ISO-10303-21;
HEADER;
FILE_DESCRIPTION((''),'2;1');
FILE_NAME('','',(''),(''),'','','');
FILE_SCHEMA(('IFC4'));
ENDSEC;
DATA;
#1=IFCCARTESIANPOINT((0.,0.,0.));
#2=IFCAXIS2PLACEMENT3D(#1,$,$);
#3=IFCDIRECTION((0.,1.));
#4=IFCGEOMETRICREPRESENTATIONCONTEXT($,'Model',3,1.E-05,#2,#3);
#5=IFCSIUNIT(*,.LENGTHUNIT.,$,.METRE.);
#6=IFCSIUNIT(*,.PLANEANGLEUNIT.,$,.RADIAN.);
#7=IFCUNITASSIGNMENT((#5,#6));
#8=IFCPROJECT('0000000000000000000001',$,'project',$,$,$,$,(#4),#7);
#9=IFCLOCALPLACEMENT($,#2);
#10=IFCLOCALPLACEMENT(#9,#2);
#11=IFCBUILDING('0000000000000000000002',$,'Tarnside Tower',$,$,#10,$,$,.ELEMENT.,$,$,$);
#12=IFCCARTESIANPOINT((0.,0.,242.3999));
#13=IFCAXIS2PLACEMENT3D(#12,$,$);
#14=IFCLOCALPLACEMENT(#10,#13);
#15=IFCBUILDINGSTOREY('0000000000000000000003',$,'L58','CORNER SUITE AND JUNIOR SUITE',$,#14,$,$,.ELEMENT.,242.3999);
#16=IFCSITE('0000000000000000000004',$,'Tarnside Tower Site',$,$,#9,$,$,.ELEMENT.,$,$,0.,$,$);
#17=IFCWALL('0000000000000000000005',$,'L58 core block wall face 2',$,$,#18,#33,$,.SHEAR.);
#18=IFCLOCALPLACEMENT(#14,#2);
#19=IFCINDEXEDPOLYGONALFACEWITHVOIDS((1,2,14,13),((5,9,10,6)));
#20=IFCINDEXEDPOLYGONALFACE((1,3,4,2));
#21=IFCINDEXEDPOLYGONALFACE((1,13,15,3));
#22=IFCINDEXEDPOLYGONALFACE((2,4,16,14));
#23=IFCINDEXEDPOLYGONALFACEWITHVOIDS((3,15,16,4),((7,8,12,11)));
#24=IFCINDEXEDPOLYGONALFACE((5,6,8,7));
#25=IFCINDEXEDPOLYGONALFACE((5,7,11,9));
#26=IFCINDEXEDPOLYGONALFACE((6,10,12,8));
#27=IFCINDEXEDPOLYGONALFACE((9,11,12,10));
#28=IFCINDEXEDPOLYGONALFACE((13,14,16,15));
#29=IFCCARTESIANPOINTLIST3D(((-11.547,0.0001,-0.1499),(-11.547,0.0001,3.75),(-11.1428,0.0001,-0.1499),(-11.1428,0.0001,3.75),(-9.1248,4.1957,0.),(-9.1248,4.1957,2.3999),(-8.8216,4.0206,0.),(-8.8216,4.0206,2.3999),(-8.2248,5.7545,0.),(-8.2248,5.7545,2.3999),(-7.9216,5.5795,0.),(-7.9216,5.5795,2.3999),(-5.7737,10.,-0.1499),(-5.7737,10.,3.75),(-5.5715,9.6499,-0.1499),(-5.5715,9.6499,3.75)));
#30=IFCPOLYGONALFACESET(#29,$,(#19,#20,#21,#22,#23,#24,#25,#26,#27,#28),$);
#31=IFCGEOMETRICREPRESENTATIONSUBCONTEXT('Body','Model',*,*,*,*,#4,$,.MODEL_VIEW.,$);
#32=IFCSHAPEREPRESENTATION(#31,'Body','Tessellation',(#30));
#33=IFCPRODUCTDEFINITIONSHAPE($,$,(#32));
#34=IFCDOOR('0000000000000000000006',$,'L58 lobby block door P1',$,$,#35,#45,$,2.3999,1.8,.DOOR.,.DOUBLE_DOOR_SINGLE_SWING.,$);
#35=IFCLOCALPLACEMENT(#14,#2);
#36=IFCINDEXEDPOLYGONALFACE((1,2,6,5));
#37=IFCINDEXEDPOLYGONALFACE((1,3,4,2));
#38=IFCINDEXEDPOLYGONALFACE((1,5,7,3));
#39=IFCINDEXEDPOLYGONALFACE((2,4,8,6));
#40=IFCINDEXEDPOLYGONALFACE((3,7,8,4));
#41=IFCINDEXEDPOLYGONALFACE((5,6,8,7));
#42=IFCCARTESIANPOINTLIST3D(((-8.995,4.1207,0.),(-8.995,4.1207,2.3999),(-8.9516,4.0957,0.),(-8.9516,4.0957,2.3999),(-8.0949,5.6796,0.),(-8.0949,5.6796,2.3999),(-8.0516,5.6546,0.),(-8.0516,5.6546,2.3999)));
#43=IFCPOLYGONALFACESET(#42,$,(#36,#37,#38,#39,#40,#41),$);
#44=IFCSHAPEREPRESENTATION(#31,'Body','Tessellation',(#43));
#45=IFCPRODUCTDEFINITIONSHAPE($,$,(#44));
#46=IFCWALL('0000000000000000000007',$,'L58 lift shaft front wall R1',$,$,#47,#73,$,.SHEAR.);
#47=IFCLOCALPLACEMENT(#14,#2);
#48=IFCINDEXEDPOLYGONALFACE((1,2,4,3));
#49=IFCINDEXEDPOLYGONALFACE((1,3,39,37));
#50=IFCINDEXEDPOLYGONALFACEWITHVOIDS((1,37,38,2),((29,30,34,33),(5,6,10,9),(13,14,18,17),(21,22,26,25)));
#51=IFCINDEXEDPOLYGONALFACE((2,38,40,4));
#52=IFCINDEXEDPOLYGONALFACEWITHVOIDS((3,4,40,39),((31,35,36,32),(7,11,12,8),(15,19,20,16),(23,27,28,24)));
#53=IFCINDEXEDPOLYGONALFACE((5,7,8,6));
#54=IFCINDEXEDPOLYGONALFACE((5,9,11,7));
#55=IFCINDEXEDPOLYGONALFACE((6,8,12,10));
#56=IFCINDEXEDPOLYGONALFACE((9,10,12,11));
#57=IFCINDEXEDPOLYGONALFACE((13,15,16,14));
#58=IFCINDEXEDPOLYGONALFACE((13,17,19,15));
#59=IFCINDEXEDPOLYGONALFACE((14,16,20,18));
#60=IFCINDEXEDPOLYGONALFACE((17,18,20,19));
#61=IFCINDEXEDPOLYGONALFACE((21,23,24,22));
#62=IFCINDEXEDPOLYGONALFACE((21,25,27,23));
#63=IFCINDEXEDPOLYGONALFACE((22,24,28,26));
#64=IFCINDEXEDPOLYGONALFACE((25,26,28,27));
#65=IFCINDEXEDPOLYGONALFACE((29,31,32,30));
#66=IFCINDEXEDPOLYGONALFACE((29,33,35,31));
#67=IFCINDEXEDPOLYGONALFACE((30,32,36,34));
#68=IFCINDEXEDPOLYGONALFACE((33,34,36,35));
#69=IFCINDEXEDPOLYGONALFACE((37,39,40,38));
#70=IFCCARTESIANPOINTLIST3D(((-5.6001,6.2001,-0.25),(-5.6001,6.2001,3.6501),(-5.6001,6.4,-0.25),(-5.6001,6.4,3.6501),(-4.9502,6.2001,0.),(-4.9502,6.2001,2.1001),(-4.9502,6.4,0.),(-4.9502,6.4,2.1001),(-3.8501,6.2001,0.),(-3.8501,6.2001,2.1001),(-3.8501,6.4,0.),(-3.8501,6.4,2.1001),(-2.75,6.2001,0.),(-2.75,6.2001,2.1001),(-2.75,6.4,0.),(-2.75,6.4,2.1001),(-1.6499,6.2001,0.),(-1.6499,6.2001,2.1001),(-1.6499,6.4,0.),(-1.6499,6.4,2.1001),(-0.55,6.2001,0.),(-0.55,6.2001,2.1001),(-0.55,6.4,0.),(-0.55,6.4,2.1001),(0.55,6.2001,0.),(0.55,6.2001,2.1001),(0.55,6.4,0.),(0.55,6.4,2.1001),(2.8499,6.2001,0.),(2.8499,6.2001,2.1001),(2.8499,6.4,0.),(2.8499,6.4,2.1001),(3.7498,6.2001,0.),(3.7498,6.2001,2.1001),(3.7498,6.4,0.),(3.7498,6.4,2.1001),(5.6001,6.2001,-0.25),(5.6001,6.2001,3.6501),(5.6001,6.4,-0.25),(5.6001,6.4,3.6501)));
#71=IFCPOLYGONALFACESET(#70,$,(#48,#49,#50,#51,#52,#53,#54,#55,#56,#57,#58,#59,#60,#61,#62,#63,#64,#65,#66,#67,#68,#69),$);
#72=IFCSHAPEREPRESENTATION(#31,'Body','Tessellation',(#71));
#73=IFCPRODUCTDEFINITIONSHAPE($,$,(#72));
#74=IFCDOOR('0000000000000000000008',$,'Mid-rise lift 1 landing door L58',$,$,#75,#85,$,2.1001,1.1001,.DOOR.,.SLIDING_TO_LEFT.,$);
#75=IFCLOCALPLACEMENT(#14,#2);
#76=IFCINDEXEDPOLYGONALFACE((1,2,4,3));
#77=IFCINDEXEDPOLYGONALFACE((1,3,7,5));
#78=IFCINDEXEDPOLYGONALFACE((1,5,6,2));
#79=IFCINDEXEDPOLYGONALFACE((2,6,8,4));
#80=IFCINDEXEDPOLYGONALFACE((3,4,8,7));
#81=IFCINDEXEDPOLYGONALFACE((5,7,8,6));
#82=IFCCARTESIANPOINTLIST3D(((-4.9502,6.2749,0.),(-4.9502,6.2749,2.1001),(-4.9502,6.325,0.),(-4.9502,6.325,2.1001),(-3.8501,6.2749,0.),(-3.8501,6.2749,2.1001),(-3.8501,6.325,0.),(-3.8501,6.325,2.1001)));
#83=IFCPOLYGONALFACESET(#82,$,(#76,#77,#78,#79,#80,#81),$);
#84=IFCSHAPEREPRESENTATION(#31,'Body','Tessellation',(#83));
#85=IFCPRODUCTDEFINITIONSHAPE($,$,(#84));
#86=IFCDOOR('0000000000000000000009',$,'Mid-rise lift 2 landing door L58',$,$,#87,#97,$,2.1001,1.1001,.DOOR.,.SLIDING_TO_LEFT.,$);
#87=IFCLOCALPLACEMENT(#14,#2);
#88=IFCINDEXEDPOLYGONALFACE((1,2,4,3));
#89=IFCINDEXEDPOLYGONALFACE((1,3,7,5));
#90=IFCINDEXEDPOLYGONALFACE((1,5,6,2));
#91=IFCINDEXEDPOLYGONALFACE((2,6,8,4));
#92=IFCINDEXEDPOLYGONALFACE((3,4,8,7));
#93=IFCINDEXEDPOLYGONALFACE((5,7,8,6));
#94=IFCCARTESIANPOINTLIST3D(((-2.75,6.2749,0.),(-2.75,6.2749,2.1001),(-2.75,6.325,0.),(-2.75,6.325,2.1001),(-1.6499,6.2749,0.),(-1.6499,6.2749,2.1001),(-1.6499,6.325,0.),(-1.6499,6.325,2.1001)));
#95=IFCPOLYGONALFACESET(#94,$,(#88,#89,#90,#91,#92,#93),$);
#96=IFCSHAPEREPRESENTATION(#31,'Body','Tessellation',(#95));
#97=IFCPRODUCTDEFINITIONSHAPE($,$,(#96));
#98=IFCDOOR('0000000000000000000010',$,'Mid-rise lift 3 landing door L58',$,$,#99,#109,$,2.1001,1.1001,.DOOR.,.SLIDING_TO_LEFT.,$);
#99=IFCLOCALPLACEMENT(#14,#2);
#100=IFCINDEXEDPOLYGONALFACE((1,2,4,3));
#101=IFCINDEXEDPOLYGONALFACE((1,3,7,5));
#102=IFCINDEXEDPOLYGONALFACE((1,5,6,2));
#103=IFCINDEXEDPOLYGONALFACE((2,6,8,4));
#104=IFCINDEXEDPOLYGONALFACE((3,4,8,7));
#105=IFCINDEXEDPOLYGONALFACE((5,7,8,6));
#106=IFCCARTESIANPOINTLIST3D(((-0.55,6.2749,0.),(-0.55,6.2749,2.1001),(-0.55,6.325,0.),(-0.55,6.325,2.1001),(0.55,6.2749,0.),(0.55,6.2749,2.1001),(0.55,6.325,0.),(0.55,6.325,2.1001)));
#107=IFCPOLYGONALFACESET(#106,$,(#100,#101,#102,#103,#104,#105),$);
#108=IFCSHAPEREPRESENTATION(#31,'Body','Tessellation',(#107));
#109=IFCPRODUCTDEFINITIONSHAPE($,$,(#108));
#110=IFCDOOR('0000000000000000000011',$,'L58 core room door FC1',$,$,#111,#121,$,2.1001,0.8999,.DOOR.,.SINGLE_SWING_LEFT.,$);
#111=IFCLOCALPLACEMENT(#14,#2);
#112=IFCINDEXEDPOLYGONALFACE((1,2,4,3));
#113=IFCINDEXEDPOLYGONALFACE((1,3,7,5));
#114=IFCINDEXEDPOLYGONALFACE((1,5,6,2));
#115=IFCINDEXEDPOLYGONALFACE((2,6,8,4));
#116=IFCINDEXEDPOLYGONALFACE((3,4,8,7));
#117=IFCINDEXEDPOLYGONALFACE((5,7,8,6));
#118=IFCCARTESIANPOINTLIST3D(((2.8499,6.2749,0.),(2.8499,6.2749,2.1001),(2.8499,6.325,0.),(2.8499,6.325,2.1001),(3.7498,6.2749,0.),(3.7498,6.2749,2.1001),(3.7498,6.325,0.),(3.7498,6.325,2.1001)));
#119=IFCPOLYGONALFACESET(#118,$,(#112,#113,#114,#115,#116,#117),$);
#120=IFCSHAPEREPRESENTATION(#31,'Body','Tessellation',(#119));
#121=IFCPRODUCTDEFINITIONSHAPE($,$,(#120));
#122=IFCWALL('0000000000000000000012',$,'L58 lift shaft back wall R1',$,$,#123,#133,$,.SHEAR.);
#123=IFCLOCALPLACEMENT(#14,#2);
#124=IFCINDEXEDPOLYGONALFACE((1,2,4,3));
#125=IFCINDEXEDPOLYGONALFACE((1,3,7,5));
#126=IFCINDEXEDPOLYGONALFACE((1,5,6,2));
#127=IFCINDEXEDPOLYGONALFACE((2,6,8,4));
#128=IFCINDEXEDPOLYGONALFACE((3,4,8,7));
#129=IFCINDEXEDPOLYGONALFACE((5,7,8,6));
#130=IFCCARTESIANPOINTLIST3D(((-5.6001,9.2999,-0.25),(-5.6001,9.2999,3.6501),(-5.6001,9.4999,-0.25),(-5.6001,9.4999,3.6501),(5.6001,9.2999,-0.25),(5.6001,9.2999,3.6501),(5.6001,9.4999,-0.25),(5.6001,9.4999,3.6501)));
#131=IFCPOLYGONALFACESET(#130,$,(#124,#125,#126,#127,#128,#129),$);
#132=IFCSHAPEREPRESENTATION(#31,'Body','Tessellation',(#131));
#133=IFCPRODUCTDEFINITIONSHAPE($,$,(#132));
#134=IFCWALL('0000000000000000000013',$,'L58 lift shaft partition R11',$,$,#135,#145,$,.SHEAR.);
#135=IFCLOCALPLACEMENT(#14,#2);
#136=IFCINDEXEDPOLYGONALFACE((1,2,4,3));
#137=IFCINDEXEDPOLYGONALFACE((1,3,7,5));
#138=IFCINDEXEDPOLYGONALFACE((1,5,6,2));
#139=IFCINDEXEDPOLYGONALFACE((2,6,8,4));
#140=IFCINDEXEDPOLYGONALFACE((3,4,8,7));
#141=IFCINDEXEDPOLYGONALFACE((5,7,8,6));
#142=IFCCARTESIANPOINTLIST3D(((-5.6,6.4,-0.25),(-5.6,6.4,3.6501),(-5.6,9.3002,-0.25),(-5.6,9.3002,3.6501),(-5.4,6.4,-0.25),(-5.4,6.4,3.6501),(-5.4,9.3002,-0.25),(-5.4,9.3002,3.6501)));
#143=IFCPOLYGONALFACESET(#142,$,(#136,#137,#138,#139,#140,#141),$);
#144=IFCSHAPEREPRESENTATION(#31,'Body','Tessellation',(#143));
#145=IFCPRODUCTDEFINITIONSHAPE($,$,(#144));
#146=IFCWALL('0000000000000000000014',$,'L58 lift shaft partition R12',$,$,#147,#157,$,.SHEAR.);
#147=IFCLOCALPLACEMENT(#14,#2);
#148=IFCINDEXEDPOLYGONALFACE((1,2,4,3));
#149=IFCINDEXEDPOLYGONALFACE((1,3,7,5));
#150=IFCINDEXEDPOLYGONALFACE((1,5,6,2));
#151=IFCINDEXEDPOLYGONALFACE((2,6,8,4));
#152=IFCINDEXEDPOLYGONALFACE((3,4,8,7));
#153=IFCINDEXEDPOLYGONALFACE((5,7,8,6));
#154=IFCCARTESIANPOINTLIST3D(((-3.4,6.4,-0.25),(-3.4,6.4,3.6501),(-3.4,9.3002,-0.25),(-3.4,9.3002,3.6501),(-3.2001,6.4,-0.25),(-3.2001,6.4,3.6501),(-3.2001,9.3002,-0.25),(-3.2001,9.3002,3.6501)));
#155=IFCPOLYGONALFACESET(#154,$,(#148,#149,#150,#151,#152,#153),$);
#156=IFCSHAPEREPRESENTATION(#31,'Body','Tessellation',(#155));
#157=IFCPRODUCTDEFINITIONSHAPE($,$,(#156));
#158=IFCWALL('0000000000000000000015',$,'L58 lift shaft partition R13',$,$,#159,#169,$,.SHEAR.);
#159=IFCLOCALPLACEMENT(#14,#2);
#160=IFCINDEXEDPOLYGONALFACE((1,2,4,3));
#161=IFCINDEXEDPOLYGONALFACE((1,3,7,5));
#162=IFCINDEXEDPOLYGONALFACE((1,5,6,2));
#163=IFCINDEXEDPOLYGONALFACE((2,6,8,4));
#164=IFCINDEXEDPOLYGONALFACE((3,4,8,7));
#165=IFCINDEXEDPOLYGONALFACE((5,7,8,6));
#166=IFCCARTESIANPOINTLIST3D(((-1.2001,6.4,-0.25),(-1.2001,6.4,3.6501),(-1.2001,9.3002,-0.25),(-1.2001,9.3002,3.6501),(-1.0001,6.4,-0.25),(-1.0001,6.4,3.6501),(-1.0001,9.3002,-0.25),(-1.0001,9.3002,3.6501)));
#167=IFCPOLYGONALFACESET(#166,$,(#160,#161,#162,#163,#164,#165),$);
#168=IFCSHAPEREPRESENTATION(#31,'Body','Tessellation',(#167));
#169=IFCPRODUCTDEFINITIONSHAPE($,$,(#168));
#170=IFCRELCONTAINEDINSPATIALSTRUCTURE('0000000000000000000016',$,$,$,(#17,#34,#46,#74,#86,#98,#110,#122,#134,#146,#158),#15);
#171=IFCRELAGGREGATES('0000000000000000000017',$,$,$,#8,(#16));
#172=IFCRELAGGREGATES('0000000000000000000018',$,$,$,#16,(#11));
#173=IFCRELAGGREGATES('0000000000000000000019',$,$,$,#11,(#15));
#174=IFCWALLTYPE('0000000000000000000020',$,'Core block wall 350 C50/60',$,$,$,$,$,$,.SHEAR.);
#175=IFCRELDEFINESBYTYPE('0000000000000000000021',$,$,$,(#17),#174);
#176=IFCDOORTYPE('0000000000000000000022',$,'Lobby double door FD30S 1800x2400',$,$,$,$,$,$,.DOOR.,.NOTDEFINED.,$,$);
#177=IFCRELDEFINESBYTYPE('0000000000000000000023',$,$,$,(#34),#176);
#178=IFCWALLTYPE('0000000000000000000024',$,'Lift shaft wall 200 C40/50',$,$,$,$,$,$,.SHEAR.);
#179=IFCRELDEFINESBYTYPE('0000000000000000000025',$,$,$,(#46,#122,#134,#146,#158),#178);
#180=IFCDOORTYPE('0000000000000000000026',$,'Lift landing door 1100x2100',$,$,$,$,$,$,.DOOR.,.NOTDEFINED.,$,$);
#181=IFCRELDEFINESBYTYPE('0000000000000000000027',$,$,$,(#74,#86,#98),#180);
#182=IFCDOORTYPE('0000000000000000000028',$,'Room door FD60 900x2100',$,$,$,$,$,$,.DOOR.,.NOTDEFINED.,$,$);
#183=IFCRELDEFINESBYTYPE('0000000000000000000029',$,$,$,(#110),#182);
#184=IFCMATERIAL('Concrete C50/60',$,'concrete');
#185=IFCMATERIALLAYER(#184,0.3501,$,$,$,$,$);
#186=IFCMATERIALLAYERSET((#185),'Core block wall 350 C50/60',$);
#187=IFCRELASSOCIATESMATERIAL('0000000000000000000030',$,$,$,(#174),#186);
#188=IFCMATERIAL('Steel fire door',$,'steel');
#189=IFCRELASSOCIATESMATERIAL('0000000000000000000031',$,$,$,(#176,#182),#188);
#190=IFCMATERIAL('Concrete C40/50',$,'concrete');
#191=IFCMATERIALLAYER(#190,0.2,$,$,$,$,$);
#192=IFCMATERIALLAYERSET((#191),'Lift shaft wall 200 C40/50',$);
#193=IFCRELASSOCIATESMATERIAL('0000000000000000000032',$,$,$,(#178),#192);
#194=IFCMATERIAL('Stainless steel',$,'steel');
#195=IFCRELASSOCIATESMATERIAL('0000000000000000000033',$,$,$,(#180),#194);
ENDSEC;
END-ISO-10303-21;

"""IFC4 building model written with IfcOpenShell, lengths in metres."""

from ifc_helpers import new_model, si_unit, direction, frame, frame_2d, origin, place, context, subcontext, project, spatial, polyline, rectangle, outline, extrude, material, layer, layer_set, type_object, element, fill, save


model = new_model("IFC4")

# Units and contexts
model_context = context("Model", 3, precision=1e-05, world=origin(), true_north=direction((0.0, 1.0)))
body_context = subcontext(model_context, "Body", "Model", "MODEL_VIEW")
ifc_project = project(units=[si_unit("LENGTHUNIT", "METRE"), si_unit("PLANEANGLEUNIT", "RADIAN")], contexts=[model_context])

# Site, building, storey
site_placement = place(None, origin())
site = spatial("IfcSite", under=ifc_project, at=site_placement, Name="Tarnside Tower Site", CompositionType="ELEMENT", RefElevation=0.0)
building_placement = place(site_placement, origin())
building = spatial("IfcBuilding", under=site, at=building_placement, Name="Tarnside Tower", CompositionType="ELEMENT")
storey_placement = place(building_placement, frame((0.0, 0.0, 242.3999)))
storey = spatial("IfcBuildingStorey", under=building, at=storey_placement, Name="L58", Description="CORNER SUITE AND JUNIOR SUITE", CompositionType="ELEMENT", Elevation=242.3999)

# Wall, opening, door
ifc_material_1 = material(Name="Concrete C50/60", Category="concrete")
ifc_layer_1 = layer(ifc_material_1, 0.3501)
ifc_layer_set_1 = layer_set([ifc_layer_1], Name="Core block wall 350 C50/60")
wall_type_1 = type_object("IfcWallType", Name="Core block wall 350 C50/60", PredefinedType="SHEAR", material=ifc_layer_set_1)
wall_1_placement = place(storey_placement, frame((-5.6726, 9.825, -0.1499), z_axis=(0.0, 0.0, 1.0), x_axis=(-0.499995, -0.866028, 0.0)))
wall_1 = element("IfcWall", 1, at=wall_1_placement, inside=storey, type_object=wall_type_1, Name="L58 core block wall face 2", PredefinedType="SHEAR", context=body_context, shape_type="SweptSolid", body=[
    extrude(outline(polyline([(-0.1011, -0.175), (11.4458, -0.175), (11.2437, 0.175), (0.1011, 0.175), (-0.1011, -0.175)])), origin(), (0.0, 0.0, 1.0), 3.8999),
])
opening_1_placement = place(wall_1_placement, frame((4.8013, 0.0, 0.1499)))
opening_1 = element("IfcOpeningElement", 2, at=opening_1_placement, cuts=wall_1, PredefinedType="OPENING", context=body_context, shape_type="SweptSolid", body=[
    extrude(rectangle(XDim=1.8, YDim=2.3999, at=frame_2d((0.8999, 1.2))), frame((0.0, 0.1851, 0.0), z_axis=(0.0, -1.0, 0.0), x_axis=(1.0, 0.0, 0.0)), (0.0, 0.0, 1.0), 0.3701),
])
ifc_material_2 = material(Name="Steel fire door", Category="steel")
door_type_1 = type_object("IfcDoorType", Name="Lobby double door FD30S 1800x2400", OperationType="NOTDEFINED", PredefinedType="DOOR", material=ifc_material_2)
door_1_placement = place(opening_1_placement, origin())
door_1 = element("IfcDoor", 3, at=door_1_placement, inside=storey, type_object=door_type_1, Name="L58 lobby block door P1", OperationType="DOUBLE_DOOR_SINGLE_SWING", OverallHeight=2.3999, OverallWidth=1.8, PredefinedType="DOOR", context=body_context, shape_type="SweptSolid", body=[
    extrude(rectangle(XDim=1.8, YDim=2.3999, at=frame_2d((0.8999, 1.2))), frame((0.0, 0.0249, 0.0), z_axis=(0.0, -1.0, 0.0), x_axis=(1.0, 0.0, 0.0)), (0.0, 0.0, 1.0), 0.05),
])
fill(opening_1, door_1)

# Wall, openings, doors
ifc_material_3 = material(Name="Concrete C40/50", Category="concrete")
ifc_layer_2 = layer(ifc_material_3, 0.2)
ifc_layer_set_2 = layer_set([ifc_layer_2], Name="Lift shaft wall 200 C40/50")
wall_type_2 = type_object("IfcWallType", Name="Lift shaft wall 200 C40/50", PredefinedType="SHEAR", material=ifc_layer_set_2)
wall_2_placement = place(storey_placement, frame((-5.6001, 6.3, -0.25), z_axis=(0.0, 0.0, 1.0), x_axis=(1.0, 0.0, 0.0)))
wall_2 = element("IfcWall", 4, at=wall_2_placement, inside=storey, type_object=wall_type_2, Name="L58 lift shaft front wall R1", PredefinedType="SHEAR", context=body_context, shape_type="SweptSolid", body=[
    extrude(rectangle(XDim=11.2002, YDim=0.2, at=frame_2d((5.6001, 0.0))), origin(), (0.0, 0.0, 1.0), 3.9001),
])
opening_2_placement = place(wall_2_placement, frame((8.45, 0.0, 0.25)))
opening_2 = element("IfcOpeningElement", 5, at=opening_2_placement, cuts=wall_2, PredefinedType="OPENING", context=body_context, shape_type="SweptSolid", body=[
    extrude(rectangle(XDim=0.8999, YDim=2.1001, at=frame_2d((0.45, 1.05))), frame((0.0, 0.1099, 0.0), z_axis=(0.0, -1.0, 0.0), x_axis=(1.0, 0.0, 0.0)), (0.0, 0.0, 1.0), 0.22),
])
opening_3_placement = place(wall_2_placement, frame((0.6499, 0.0, 0.25)))
opening_3 = element("IfcOpeningElement", 6, at=opening_3_placement, cuts=wall_2, PredefinedType="OPENING", context=body_context, shape_type="SweptSolid", body=[
    extrude(rectangle(XDim=1.1001, YDim=2.1001, at=frame_2d((0.55, 1.05))), frame((0.0, 0.1099, 0.0), z_axis=(0.0, -1.0, 0.0), x_axis=(1.0, 0.0, 0.0)), (0.0, 0.0, 1.0), 0.22),
])
opening_4_placement = place(wall_2_placement, frame((2.8501, 0.0, 0.25)))
opening_4 = element("IfcOpeningElement", 7, at=opening_4_placement, cuts=wall_2, PredefinedType="OPENING", context=body_context, shape_type="SweptSolid", body=[
    extrude(rectangle(XDim=1.1001, YDim=2.1001, at=frame_2d((0.55, 1.05))), frame((0.0, 0.1099, 0.0), z_axis=(0.0, -1.0, 0.0), x_axis=(1.0, 0.0, 0.0)), (0.0, 0.0, 1.0), 0.22),
])
opening_5_placement = place(wall_2_placement, frame((5.05, 0.0, 0.25)))
opening_5 = element("IfcOpeningElement", 8, at=opening_5_placement, cuts=wall_2, PredefinedType="OPENING", context=body_context, shape_type="SweptSolid", body=[
    extrude(rectangle(XDim=1.1001, YDim=2.1001, at=frame_2d((0.55, 1.05))), frame((0.0, 0.1099, 0.0), z_axis=(0.0, -1.0, 0.0), x_axis=(1.0, 0.0, 0.0)), (0.0, 0.0, 1.0), 0.22),
])
ifc_material_4 = material(Name="Stainless steel", Category="steel")
door_type_2 = type_object("IfcDoorType", Name="Lift landing door 1100x2100", OperationType="NOTDEFINED", PredefinedType="DOOR", material=ifc_material_4)
door_2_placement = place(opening_3_placement, origin())
door_2 = element("IfcDoor", 9, at=door_2_placement, inside=storey, type_object=door_type_2, Name="Mid-rise lift 1 landing door L58", OperationType="SLIDING_TO_LEFT", OverallHeight=2.1001, OverallWidth=1.1001, PredefinedType="DOOR", context=body_context, shape_type="SweptSolid", body=[
    extrude(rectangle(XDim=1.1001, YDim=2.1001, at=frame_2d((0.55, 1.05))), frame((0.0, 0.0249, 0.0), z_axis=(0.0, -1.0, 0.0), x_axis=(1.0, 0.0, 0.0)), (0.0, 0.0, 1.0), 0.05),
])
fill(opening_3, door_2)
door_3_placement = place(opening_4_placement, origin())
door_3 = element("IfcDoor", 10, at=door_3_placement, inside=storey, type_object=door_type_2, Name="Mid-rise lift 2 landing door L58", OperationType="SLIDING_TO_LEFT", OverallHeight=2.1001, OverallWidth=1.1001, PredefinedType="DOOR", context=body_context, shape_type="SweptSolid", body=[
    extrude(rectangle(XDim=1.1001, YDim=2.1001, at=frame_2d((0.55, 1.05))), frame((0.0, 0.0249, 0.0), z_axis=(0.0, -1.0, 0.0), x_axis=(1.0, 0.0, 0.0)), (0.0, 0.0, 1.0), 0.05),
])
fill(opening_4, door_3)
door_4_placement = place(opening_5_placement, origin())
door_4 = element("IfcDoor", 11, at=door_4_placement, inside=storey, type_object=door_type_2, Name="Mid-rise lift 3 landing door L58", OperationType="SLIDING_TO_LEFT", OverallHeight=2.1001, OverallWidth=1.1001, PredefinedType="DOOR", context=body_context, shape_type="SweptSolid", body=[
    extrude(rectangle(XDim=1.1001, YDim=2.1001, at=frame_2d((0.55, 1.05))), frame((0.0, 0.0249, 0.0), z_axis=(0.0, -1.0, 0.0), x_axis=(1.0, 0.0, 0.0)), (0.0, 0.0, 1.0), 0.05),
])
fill(opening_5, door_4)
door_type_3 = type_object("IfcDoorType", Name="Room door FD60 900x2100", OperationType="NOTDEFINED", PredefinedType="DOOR", material=ifc_material_2)
door_5_placement = place(opening_2_placement, origin())
door_5 = element("IfcDoor", 12, at=door_5_placement, inside=storey, type_object=door_type_3, Name="L58 core room door FC1", OperationType="SINGLE_SWING_LEFT", OverallHeight=2.1001, OverallWidth=0.8999, PredefinedType="DOOR", context=body_context, shape_type="SweptSolid", body=[
    extrude(rectangle(XDim=0.8999, YDim=2.1001, at=frame_2d((0.45, 1.05))), frame((0.0, 0.0249, 0.0), z_axis=(0.0, -1.0, 0.0), x_axis=(1.0, 0.0, 0.0)), (0.0, 0.0, 1.0), 0.05),
])
fill(opening_2, door_5)

# Walls
wall_3_placement = place(storey_placement, frame((-5.6001, 9.3999, -0.25), z_axis=(0.0, 0.0, 1.0), x_axis=(1.0, 0.0, 0.0)))
element("IfcWall", 13, at=wall_3_placement, inside=storey, type_object=wall_type_2, Name="L58 lift shaft back wall R1", PredefinedType="SHEAR", context=body_context, shape_type="SweptSolid", body=[
    extrude(rectangle(XDim=11.2002, YDim=0.2, at=frame_2d((5.6001, 0.0))), origin(), (0.0, 0.0, 1.0), 3.9001),
])
for number, where, z_axis, x_axis, name in (
    (14, (-5.5, 6.3999, -0.25), (0.0, 0.0, 1.0), (0.0, 1.0, 0.0), "L58 lift shaft partition R11"),
    (15, (-3.3, 6.3999, -0.25), (0.0, 0.0, 1.0), (0.0, 1.0, 0.0), "L58 lift shaft partition R12"),
    (16, (-1.1001, 6.3999, -0.25), (0.0, 0.0, 1.0), (0.0, 1.0, 0.0), "L58 lift shaft partition R13"),
):
    element("IfcWall", number, at=place(storey_placement, frame(where, z_axis=z_axis, x_axis=x_axis)), inside=storey, type_object=wall_type_2, Name=name, PredefinedType="SHEAR", context=body_context, shape_type="SweptSolid", body=[
        extrude(rectangle(XDim=2.9001, YDim=0.2, at=frame_2d((1.4502, 0.0))), origin(), (0.0, 0.0, 1.0), 3.9001),
    ])

save(model, "model.ifc")
